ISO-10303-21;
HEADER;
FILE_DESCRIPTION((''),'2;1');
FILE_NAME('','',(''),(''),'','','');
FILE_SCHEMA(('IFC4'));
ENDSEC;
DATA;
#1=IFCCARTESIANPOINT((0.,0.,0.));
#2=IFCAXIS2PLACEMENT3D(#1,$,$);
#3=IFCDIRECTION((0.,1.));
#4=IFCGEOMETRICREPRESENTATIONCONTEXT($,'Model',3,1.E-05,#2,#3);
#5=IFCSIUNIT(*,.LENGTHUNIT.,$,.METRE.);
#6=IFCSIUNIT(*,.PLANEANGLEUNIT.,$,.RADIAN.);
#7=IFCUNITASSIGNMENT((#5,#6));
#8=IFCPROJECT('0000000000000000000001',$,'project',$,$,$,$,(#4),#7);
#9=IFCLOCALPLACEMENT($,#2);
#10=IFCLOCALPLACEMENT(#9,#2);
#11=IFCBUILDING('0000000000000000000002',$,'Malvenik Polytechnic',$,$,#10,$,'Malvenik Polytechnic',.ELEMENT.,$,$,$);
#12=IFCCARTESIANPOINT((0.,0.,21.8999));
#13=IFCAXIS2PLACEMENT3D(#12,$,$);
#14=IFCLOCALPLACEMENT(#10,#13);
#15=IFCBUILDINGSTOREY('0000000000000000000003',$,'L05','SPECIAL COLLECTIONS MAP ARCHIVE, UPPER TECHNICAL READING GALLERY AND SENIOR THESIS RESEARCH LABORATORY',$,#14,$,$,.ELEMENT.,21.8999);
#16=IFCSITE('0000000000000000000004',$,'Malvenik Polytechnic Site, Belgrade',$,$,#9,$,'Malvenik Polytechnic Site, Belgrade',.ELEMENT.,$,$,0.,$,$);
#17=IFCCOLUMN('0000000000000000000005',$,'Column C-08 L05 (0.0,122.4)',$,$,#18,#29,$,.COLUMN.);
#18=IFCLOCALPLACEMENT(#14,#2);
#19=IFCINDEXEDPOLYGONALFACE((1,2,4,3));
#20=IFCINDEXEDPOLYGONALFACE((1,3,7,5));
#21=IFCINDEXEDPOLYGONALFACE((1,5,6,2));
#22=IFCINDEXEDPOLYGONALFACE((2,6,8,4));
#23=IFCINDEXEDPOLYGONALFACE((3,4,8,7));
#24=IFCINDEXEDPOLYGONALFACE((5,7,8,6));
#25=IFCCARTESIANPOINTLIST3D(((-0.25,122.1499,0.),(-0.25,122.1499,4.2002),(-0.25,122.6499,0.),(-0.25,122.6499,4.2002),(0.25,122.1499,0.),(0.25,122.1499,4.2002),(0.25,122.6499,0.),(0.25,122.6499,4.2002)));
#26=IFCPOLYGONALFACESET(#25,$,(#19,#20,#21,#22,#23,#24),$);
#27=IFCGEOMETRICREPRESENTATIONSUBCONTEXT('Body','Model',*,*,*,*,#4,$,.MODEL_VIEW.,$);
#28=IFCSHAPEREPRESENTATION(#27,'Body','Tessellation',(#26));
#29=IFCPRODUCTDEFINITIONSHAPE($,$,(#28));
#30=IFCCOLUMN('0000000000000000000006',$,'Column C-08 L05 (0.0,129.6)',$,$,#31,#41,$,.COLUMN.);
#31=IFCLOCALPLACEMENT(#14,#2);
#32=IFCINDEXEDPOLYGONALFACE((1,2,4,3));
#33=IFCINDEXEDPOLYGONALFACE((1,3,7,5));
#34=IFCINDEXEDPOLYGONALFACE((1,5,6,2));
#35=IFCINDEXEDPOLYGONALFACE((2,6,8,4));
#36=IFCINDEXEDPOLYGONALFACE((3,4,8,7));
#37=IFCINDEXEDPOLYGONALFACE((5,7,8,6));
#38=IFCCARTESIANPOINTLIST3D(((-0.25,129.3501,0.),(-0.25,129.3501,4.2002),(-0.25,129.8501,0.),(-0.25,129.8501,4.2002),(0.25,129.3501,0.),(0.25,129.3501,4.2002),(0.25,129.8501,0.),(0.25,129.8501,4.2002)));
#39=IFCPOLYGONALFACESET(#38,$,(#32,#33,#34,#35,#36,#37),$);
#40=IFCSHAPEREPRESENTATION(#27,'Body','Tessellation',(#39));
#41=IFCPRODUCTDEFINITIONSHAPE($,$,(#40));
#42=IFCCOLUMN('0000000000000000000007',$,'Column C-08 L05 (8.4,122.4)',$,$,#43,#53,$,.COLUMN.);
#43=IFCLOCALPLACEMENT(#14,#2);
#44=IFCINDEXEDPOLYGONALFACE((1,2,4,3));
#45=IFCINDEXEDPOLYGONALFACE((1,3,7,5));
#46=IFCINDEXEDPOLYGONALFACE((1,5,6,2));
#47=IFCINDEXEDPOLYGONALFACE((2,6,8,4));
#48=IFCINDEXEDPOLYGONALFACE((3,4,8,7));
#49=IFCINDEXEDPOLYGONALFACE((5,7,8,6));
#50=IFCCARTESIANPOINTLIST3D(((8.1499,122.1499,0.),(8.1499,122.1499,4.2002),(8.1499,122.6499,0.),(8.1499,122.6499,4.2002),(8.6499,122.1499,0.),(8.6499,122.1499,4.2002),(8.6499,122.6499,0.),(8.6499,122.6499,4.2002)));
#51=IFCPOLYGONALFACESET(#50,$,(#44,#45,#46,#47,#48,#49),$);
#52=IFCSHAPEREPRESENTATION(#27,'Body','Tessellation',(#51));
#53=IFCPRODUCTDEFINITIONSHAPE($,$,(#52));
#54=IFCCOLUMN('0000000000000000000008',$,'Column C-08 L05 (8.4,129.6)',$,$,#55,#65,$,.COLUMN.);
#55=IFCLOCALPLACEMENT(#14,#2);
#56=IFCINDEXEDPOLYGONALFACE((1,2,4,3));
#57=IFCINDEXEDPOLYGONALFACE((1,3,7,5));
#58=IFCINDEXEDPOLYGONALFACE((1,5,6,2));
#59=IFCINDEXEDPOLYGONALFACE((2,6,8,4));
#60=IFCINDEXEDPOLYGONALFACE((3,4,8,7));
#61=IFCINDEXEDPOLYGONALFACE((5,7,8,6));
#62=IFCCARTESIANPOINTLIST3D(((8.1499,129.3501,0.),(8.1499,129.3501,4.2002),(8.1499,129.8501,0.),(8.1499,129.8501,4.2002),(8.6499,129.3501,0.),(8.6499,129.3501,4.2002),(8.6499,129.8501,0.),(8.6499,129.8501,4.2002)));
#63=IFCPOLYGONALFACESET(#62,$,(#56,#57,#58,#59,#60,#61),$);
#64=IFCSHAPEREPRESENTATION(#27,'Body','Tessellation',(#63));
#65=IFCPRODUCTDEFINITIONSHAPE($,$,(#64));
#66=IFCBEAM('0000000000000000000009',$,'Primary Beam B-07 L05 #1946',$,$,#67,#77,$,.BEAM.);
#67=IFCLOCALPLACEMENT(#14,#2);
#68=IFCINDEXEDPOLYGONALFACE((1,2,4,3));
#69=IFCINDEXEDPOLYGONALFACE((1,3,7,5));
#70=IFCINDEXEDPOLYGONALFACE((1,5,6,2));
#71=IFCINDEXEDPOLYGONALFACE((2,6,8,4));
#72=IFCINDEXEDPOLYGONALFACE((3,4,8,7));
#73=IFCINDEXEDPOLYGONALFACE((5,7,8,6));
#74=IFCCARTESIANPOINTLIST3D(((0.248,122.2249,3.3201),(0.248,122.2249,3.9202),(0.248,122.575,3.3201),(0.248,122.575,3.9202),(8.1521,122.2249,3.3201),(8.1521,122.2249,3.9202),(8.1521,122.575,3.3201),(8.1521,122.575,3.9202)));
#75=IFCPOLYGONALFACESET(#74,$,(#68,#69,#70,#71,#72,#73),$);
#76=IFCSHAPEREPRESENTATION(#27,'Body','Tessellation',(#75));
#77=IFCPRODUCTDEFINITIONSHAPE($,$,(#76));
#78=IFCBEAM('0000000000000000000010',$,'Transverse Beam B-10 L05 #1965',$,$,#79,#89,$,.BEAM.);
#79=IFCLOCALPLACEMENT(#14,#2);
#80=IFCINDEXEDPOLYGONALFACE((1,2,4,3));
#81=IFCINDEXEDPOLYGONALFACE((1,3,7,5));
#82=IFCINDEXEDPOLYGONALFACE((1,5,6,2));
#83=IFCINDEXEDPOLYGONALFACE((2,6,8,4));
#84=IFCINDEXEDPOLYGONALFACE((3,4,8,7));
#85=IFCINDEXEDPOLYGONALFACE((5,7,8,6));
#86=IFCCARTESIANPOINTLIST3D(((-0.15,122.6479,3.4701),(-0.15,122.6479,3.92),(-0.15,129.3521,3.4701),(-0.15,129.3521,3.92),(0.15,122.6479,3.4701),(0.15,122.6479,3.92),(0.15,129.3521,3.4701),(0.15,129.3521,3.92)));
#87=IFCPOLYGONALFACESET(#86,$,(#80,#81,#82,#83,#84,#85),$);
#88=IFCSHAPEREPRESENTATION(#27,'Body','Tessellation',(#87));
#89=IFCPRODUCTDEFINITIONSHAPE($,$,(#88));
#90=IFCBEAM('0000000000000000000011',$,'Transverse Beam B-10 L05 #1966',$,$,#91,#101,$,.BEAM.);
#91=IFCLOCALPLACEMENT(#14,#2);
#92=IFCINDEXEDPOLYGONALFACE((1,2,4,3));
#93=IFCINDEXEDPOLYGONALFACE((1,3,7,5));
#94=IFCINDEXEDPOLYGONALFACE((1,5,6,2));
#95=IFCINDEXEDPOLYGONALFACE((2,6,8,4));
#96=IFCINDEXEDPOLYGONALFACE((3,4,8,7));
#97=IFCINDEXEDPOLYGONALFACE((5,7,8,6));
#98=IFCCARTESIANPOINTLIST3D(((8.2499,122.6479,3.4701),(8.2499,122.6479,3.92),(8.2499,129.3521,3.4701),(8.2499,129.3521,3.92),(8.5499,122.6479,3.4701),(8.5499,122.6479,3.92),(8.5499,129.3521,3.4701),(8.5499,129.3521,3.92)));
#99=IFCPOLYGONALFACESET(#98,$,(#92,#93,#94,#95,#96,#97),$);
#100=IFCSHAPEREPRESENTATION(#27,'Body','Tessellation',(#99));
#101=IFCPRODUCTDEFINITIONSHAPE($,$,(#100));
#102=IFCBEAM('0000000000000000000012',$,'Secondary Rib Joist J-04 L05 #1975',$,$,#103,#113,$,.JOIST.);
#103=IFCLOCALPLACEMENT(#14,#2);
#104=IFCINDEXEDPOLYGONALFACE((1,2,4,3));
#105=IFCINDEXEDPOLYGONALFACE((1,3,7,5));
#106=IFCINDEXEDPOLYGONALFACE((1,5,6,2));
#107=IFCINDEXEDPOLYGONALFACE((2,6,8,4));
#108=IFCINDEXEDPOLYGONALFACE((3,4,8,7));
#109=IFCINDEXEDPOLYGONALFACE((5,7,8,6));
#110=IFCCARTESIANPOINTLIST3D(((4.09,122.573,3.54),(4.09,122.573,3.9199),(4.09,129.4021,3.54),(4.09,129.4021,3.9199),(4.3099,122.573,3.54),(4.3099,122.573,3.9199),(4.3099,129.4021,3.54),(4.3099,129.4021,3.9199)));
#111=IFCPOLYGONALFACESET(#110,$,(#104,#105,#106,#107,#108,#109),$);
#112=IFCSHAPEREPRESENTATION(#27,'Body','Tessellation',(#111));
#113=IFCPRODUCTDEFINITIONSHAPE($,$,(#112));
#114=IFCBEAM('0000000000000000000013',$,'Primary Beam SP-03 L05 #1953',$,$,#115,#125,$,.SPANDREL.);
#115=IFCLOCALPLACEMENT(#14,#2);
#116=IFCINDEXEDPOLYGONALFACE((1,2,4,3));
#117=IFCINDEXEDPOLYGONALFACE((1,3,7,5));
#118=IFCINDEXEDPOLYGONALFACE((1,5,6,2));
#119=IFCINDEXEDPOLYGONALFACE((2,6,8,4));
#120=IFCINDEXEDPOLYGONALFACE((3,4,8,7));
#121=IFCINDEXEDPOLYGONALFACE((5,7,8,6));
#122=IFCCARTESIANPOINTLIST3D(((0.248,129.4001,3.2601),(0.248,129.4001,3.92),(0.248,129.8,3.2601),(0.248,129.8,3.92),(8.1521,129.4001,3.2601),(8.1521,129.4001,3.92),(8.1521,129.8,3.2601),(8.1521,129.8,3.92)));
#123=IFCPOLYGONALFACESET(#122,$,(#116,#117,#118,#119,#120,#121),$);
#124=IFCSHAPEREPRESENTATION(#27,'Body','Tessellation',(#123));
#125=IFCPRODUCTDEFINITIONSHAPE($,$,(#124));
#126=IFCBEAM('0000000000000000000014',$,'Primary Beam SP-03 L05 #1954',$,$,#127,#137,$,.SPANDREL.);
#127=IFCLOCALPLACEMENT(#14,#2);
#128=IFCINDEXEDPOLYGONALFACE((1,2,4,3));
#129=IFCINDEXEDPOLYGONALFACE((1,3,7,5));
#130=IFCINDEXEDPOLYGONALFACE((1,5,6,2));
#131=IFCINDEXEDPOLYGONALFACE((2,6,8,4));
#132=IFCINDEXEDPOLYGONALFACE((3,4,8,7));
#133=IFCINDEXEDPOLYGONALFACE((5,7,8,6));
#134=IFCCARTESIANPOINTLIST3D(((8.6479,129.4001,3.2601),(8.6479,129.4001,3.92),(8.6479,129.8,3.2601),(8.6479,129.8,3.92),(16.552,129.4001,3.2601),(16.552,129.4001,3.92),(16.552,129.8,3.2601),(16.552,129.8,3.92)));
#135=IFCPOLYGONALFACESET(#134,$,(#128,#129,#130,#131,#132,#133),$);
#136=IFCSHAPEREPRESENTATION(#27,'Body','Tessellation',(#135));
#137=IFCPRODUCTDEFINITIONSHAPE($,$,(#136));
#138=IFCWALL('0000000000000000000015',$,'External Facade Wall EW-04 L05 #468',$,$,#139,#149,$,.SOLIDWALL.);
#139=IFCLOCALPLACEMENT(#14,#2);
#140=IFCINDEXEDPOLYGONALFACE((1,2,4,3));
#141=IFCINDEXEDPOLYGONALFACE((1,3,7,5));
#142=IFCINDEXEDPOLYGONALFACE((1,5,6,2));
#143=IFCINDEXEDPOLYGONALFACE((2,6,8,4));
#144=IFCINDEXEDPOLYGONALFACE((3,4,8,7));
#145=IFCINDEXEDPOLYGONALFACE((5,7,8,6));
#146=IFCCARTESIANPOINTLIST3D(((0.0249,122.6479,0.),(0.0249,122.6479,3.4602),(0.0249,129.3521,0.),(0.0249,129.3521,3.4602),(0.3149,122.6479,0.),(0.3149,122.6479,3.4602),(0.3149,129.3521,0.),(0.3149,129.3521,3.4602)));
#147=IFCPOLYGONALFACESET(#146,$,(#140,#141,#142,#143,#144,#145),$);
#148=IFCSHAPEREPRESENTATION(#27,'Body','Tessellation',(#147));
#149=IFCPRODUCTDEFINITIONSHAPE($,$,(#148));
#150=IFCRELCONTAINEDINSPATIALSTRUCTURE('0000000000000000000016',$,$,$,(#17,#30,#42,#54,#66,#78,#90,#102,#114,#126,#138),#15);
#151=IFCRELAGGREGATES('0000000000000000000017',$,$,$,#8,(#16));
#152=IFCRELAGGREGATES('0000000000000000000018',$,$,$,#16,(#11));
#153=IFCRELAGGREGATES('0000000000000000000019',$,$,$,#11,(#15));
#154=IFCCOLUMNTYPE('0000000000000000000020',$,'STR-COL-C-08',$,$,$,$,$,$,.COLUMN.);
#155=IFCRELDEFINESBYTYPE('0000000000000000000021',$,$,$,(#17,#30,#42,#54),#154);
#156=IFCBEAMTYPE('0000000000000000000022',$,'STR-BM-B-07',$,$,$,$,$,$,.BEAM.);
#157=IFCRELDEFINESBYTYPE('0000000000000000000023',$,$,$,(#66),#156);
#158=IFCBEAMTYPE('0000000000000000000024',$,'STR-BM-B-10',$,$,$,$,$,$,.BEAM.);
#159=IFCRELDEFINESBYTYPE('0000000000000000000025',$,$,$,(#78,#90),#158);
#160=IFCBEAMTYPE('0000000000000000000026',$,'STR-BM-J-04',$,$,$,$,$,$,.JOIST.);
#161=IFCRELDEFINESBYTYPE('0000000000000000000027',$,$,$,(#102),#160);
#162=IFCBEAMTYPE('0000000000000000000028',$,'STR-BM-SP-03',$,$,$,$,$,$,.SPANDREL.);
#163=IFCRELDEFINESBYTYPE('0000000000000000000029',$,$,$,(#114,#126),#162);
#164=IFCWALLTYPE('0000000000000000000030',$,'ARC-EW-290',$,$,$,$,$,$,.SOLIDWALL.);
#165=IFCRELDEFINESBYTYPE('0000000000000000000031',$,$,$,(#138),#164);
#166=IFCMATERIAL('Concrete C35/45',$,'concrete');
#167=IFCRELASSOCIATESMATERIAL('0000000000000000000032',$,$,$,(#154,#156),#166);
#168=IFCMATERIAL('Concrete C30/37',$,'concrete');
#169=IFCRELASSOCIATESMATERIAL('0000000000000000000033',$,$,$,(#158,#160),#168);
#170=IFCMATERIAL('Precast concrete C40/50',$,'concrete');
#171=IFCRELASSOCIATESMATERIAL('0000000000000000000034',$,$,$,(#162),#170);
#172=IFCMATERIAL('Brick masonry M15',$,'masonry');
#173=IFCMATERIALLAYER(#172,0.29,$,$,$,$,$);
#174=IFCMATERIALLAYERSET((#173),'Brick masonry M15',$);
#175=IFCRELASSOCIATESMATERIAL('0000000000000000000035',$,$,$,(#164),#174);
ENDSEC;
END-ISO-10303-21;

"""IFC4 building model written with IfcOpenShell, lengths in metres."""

from ifc_helpers import new_model, si_unit, direction, frame, frame_2d, origin, origin_2d, place, context, subcontext, project, spatial, rectangle, extrude, material, layer, layer_set, material_profile, profile_set, type_object, element, save


model = new_model("IFC4")

# Units and contexts
model_context = context("Model", 3, precision=1e-05, world=origin(), true_north=direction((0.0, 1.0)))
body_context = subcontext(model_context, "Body", "Model", "MODEL_VIEW")
ifc_project = project(units=[si_unit("LENGTHUNIT", "METRE"), si_unit("PLANEANGLEUNIT", "RADIAN")], contexts=[model_context])

# Site, building, storey
site_placement = place(None, origin())
site = spatial("IfcSite", under=ifc_project, at=site_placement, Name="Malvenik Polytechnic Site, Belgrade", LongName="Malvenik Polytechnic Site, Belgrade", CompositionType="ELEMENT", RefElevation=0.0)
building_placement = place(site_placement, origin())
building = spatial("IfcBuilding", under=site, at=building_placement, Name="Malvenik Polytechnic", LongName="Malvenik Polytechnic", CompositionType="ELEMENT")
storey_placement = place(building_placement, frame((0.0, 0.0, 21.8999)))
storey = spatial("IfcBuildingStorey", under=building, at=storey_placement, Name="L05", Description="SPECIAL COLLECTIONS MAP ARCHIVE, UPPER TECHNICAL READING GALLERY AND SENIOR THESIS RESEARCH LABORATORY", CompositionType="ELEMENT", Elevation=21.8999)

# Columns
ifc_material_1 = material(Name="Concrete C35/45", Category="concrete")
ifc_material_profile_1 = material_profile(ifc_material_1, rectangle(XDim=0.5, YDim=0.5, at=origin_2d()), Name="RC COL 500x500")
ifc_profile_set_1 = profile_set([ifc_material_profile_1], Name="Concrete C35/45")
column_type = type_object("IfcColumnType", Name="STR-COL-C-08", PredefinedType="COLUMN", material=ifc_profile_set_1)
for number, where, z_axis, x_axis, name in (
    (1, (0.0, 122.3999, 0.0), (0.0, 0.0, 1.0), (1.0, 0.0, 0.0), "Column C-08 L05 (0.0,122.4)"),
    (2, (0.0, 129.6001, 0.0), (0.0, 0.0, 1.0), (1.0, 0.0, 0.0), "Column C-08 L05 (0.0,129.6)"),
    (3, (8.3999, 122.3999, 0.0), (0.0, 0.0, 1.0), (1.0, 0.0, 0.0), "Column C-08 L05 (8.4,122.4)"),
    (4, (8.3999, 129.6001, 0.0), (0.0, 0.0, 1.0), (1.0, 0.0, 0.0), "Column C-08 L05 (8.4,129.6)"),
):
    element("IfcColumn", number, at=place(storey_placement, frame(where, z_axis=z_axis, x_axis=x_axis)), inside=storey, type_object=column_type, Name=name, PredefinedType="COLUMN", context=body_context, shape_type="SweptSolid", body=[
        extrude(rectangle(XDim=0.5, YDim=0.5, at=origin_2d()), origin(), (0.0, 0.0, 1.0), 4.2002),
    ])

# Beams
ifc_material_profile_2 = material_profile(ifc_material_1, rectangle(XDim=0.3501, YDim=0.6001, at=origin_2d()), Name="RC BM 350x600")
ifc_profile_set_2 = profile_set([ifc_material_profile_2], Name="Concrete C35/45")
beam_type_1 = type_object("IfcBeamType", Name="STR-BM-B-07", PredefinedType="BEAM", material=ifc_profile_set_2)
beam_1_placement = place(storey_placement, frame((0.248, 122.3999, 3.6201), z_axis=(1.0, 0.0, 0.0), x_axis=(0.0, 1.0, 0.0)))
element("IfcBeam", 5, at=beam_1_placement, inside=storey, type_object=beam_type_1, Name="Primary Beam B-07 L05 #1946", PredefinedType="BEAM", context=body_context, shape_type="SweptSolid", body=[
    extrude(rectangle(XDim=0.3501, YDim=0.6001, at=origin_2d()), origin(), (0.0, 0.0, 1.0), 7.9041),
])
ifc_material_2 = material(Name="Concrete C30/37", Category="concrete")
ifc_material_profile_3 = material_profile(ifc_material_2, rectangle(XDim=0.3, YDim=0.45, at=origin_2d()), Name="RC BM 300x450")
ifc_profile_set_3 = profile_set([ifc_material_profile_3], Name="Concrete C30/37")
beam_type_2 = type_object("IfcBeamType", Name="STR-BM-B-10", PredefinedType="BEAM", material=ifc_profile_set_3)
for number, where, z_axis, x_axis, name in (
    (6, (0.0, 122.6479, 3.6951), (0.0, 1.0, 0.0), (-1.0, 0.0, 0.0), "Transverse Beam B-10 L05 #1965"),
    (7, (8.3999, 122.6479, 3.6951), (0.0, 1.0, 0.0), (-1.0, 0.0, 0.0), "Transverse Beam B-10 L05 #1966"),
):
    element("IfcBeam", number, at=place(storey_placement, frame(where, z_axis=z_axis, x_axis=x_axis)), inside=storey, type_object=beam_type_2, Name=name, PredefinedType="BEAM", context=body_context, shape_type="SweptSolid", body=[
        extrude(rectangle(XDim=0.3, YDim=0.45, at=origin_2d()), origin(), (0.0, 0.0, 1.0), 6.7041),
    ])
ifc_material_profile_4 = material_profile(ifc_material_2, rectangle(XDim=0.22, YDim=0.3799, at=origin_2d()), Name="RC JST 220x380")
ifc_profile_set_4 = profile_set([ifc_material_profile_4], Name="Concrete C30/37")
beam_type_3 = type_object("IfcBeamType", Name="STR-BM-J-04", PredefinedType="JOIST", material=ifc_profile_set_4)
beam_2_placement = place(storey_placement, frame((4.2, 122.573, 3.73), z_axis=(0.0, 1.0, 0.0), x_axis=(-1.0, 0.0, 0.0)))
element("IfcBeam", 8, at=beam_2_placement, inside=storey, type_object=beam_type_3, Name="Secondary Rib Joist J-04 L05 #1975", PredefinedType="JOIST", context=body_context, shape_type="SweptSolid", body=[
    extrude(rectangle(XDim=0.22, YDim=0.3799, at=origin_2d()), origin(), (0.0, 0.0, 1.0), 6.8291),
])
ifc_material_3 = material(Name="Precast concrete C40/50", Category="concrete")
ifc_material_profile_5 = material_profile(ifc_material_3, rectangle(XDim=0.3999, YDim=0.6599, at=origin_2d()), Name="PC SPN 400x660")
ifc_profile_set_5 = profile_set([ifc_material_profile_5], Name="Precast concrete C40/50")
beam_type_4 = type_object("IfcBeamType", Name="STR-BM-SP-03", PredefinedType="SPANDREL", material=ifc_profile_set_5)
for number, where, z_axis, x_axis, name in (
    (9, (0.248, 129.6001, 3.5901), (1.0, 0.0, 0.0), (0.0, 1.0, 0.0), "Primary Beam SP-03 L05 #1953"),
    (10, (8.6479, 129.6001, 3.5901), (1.0, 0.0, 0.0), (0.0, 1.0, 0.0), "Primary Beam SP-03 L05 #1954"),
):
    element("IfcBeam", number, at=place(storey_placement, frame(where, z_axis=z_axis, x_axis=x_axis)), inside=storey, type_object=beam_type_4, Name=name, PredefinedType="SPANDREL", context=body_context, shape_type="SweptSolid", body=[
        extrude(rectangle(XDim=0.3999, YDim=0.6599, at=origin_2d()), origin(), (0.0, 0.0, 1.0), 7.9041),
    ])

# Wall
ifc_material_4 = material(Name="Brick masonry M15", Category="masonry")
ifc_layer_1 = layer(ifc_material_4, 0.29)
ifc_layer_set_1 = layer_set([ifc_layer_1], Name="Brick masonry M15")
wall_type_1 = type_object("IfcWallType", Name="ARC-EW-290", PredefinedType="SOLIDWALL", material=ifc_layer_set_1)
wall_1_placement = place(storey_placement, frame((0.1699, 122.6479, 0.0), z_axis=(0.0, 0.0, 1.0), x_axis=(0.0, 1.0, 0.0)))
element("IfcWall", 11, at=wall_1_placement, inside=storey, type_object=wall_type_1, Name="External Facade Wall EW-04 L05 #468", PredefinedType="SOLIDWALL", context=body_context, shape_type="SweptSolid", body=[
    extrude(rectangle(XDim=6.7041, YDim=0.29, at=frame_2d((3.3521, 0.0))), origin(), (0.0, 0.0, 1.0), 3.4602),
])

save(model, "model.ifc")
